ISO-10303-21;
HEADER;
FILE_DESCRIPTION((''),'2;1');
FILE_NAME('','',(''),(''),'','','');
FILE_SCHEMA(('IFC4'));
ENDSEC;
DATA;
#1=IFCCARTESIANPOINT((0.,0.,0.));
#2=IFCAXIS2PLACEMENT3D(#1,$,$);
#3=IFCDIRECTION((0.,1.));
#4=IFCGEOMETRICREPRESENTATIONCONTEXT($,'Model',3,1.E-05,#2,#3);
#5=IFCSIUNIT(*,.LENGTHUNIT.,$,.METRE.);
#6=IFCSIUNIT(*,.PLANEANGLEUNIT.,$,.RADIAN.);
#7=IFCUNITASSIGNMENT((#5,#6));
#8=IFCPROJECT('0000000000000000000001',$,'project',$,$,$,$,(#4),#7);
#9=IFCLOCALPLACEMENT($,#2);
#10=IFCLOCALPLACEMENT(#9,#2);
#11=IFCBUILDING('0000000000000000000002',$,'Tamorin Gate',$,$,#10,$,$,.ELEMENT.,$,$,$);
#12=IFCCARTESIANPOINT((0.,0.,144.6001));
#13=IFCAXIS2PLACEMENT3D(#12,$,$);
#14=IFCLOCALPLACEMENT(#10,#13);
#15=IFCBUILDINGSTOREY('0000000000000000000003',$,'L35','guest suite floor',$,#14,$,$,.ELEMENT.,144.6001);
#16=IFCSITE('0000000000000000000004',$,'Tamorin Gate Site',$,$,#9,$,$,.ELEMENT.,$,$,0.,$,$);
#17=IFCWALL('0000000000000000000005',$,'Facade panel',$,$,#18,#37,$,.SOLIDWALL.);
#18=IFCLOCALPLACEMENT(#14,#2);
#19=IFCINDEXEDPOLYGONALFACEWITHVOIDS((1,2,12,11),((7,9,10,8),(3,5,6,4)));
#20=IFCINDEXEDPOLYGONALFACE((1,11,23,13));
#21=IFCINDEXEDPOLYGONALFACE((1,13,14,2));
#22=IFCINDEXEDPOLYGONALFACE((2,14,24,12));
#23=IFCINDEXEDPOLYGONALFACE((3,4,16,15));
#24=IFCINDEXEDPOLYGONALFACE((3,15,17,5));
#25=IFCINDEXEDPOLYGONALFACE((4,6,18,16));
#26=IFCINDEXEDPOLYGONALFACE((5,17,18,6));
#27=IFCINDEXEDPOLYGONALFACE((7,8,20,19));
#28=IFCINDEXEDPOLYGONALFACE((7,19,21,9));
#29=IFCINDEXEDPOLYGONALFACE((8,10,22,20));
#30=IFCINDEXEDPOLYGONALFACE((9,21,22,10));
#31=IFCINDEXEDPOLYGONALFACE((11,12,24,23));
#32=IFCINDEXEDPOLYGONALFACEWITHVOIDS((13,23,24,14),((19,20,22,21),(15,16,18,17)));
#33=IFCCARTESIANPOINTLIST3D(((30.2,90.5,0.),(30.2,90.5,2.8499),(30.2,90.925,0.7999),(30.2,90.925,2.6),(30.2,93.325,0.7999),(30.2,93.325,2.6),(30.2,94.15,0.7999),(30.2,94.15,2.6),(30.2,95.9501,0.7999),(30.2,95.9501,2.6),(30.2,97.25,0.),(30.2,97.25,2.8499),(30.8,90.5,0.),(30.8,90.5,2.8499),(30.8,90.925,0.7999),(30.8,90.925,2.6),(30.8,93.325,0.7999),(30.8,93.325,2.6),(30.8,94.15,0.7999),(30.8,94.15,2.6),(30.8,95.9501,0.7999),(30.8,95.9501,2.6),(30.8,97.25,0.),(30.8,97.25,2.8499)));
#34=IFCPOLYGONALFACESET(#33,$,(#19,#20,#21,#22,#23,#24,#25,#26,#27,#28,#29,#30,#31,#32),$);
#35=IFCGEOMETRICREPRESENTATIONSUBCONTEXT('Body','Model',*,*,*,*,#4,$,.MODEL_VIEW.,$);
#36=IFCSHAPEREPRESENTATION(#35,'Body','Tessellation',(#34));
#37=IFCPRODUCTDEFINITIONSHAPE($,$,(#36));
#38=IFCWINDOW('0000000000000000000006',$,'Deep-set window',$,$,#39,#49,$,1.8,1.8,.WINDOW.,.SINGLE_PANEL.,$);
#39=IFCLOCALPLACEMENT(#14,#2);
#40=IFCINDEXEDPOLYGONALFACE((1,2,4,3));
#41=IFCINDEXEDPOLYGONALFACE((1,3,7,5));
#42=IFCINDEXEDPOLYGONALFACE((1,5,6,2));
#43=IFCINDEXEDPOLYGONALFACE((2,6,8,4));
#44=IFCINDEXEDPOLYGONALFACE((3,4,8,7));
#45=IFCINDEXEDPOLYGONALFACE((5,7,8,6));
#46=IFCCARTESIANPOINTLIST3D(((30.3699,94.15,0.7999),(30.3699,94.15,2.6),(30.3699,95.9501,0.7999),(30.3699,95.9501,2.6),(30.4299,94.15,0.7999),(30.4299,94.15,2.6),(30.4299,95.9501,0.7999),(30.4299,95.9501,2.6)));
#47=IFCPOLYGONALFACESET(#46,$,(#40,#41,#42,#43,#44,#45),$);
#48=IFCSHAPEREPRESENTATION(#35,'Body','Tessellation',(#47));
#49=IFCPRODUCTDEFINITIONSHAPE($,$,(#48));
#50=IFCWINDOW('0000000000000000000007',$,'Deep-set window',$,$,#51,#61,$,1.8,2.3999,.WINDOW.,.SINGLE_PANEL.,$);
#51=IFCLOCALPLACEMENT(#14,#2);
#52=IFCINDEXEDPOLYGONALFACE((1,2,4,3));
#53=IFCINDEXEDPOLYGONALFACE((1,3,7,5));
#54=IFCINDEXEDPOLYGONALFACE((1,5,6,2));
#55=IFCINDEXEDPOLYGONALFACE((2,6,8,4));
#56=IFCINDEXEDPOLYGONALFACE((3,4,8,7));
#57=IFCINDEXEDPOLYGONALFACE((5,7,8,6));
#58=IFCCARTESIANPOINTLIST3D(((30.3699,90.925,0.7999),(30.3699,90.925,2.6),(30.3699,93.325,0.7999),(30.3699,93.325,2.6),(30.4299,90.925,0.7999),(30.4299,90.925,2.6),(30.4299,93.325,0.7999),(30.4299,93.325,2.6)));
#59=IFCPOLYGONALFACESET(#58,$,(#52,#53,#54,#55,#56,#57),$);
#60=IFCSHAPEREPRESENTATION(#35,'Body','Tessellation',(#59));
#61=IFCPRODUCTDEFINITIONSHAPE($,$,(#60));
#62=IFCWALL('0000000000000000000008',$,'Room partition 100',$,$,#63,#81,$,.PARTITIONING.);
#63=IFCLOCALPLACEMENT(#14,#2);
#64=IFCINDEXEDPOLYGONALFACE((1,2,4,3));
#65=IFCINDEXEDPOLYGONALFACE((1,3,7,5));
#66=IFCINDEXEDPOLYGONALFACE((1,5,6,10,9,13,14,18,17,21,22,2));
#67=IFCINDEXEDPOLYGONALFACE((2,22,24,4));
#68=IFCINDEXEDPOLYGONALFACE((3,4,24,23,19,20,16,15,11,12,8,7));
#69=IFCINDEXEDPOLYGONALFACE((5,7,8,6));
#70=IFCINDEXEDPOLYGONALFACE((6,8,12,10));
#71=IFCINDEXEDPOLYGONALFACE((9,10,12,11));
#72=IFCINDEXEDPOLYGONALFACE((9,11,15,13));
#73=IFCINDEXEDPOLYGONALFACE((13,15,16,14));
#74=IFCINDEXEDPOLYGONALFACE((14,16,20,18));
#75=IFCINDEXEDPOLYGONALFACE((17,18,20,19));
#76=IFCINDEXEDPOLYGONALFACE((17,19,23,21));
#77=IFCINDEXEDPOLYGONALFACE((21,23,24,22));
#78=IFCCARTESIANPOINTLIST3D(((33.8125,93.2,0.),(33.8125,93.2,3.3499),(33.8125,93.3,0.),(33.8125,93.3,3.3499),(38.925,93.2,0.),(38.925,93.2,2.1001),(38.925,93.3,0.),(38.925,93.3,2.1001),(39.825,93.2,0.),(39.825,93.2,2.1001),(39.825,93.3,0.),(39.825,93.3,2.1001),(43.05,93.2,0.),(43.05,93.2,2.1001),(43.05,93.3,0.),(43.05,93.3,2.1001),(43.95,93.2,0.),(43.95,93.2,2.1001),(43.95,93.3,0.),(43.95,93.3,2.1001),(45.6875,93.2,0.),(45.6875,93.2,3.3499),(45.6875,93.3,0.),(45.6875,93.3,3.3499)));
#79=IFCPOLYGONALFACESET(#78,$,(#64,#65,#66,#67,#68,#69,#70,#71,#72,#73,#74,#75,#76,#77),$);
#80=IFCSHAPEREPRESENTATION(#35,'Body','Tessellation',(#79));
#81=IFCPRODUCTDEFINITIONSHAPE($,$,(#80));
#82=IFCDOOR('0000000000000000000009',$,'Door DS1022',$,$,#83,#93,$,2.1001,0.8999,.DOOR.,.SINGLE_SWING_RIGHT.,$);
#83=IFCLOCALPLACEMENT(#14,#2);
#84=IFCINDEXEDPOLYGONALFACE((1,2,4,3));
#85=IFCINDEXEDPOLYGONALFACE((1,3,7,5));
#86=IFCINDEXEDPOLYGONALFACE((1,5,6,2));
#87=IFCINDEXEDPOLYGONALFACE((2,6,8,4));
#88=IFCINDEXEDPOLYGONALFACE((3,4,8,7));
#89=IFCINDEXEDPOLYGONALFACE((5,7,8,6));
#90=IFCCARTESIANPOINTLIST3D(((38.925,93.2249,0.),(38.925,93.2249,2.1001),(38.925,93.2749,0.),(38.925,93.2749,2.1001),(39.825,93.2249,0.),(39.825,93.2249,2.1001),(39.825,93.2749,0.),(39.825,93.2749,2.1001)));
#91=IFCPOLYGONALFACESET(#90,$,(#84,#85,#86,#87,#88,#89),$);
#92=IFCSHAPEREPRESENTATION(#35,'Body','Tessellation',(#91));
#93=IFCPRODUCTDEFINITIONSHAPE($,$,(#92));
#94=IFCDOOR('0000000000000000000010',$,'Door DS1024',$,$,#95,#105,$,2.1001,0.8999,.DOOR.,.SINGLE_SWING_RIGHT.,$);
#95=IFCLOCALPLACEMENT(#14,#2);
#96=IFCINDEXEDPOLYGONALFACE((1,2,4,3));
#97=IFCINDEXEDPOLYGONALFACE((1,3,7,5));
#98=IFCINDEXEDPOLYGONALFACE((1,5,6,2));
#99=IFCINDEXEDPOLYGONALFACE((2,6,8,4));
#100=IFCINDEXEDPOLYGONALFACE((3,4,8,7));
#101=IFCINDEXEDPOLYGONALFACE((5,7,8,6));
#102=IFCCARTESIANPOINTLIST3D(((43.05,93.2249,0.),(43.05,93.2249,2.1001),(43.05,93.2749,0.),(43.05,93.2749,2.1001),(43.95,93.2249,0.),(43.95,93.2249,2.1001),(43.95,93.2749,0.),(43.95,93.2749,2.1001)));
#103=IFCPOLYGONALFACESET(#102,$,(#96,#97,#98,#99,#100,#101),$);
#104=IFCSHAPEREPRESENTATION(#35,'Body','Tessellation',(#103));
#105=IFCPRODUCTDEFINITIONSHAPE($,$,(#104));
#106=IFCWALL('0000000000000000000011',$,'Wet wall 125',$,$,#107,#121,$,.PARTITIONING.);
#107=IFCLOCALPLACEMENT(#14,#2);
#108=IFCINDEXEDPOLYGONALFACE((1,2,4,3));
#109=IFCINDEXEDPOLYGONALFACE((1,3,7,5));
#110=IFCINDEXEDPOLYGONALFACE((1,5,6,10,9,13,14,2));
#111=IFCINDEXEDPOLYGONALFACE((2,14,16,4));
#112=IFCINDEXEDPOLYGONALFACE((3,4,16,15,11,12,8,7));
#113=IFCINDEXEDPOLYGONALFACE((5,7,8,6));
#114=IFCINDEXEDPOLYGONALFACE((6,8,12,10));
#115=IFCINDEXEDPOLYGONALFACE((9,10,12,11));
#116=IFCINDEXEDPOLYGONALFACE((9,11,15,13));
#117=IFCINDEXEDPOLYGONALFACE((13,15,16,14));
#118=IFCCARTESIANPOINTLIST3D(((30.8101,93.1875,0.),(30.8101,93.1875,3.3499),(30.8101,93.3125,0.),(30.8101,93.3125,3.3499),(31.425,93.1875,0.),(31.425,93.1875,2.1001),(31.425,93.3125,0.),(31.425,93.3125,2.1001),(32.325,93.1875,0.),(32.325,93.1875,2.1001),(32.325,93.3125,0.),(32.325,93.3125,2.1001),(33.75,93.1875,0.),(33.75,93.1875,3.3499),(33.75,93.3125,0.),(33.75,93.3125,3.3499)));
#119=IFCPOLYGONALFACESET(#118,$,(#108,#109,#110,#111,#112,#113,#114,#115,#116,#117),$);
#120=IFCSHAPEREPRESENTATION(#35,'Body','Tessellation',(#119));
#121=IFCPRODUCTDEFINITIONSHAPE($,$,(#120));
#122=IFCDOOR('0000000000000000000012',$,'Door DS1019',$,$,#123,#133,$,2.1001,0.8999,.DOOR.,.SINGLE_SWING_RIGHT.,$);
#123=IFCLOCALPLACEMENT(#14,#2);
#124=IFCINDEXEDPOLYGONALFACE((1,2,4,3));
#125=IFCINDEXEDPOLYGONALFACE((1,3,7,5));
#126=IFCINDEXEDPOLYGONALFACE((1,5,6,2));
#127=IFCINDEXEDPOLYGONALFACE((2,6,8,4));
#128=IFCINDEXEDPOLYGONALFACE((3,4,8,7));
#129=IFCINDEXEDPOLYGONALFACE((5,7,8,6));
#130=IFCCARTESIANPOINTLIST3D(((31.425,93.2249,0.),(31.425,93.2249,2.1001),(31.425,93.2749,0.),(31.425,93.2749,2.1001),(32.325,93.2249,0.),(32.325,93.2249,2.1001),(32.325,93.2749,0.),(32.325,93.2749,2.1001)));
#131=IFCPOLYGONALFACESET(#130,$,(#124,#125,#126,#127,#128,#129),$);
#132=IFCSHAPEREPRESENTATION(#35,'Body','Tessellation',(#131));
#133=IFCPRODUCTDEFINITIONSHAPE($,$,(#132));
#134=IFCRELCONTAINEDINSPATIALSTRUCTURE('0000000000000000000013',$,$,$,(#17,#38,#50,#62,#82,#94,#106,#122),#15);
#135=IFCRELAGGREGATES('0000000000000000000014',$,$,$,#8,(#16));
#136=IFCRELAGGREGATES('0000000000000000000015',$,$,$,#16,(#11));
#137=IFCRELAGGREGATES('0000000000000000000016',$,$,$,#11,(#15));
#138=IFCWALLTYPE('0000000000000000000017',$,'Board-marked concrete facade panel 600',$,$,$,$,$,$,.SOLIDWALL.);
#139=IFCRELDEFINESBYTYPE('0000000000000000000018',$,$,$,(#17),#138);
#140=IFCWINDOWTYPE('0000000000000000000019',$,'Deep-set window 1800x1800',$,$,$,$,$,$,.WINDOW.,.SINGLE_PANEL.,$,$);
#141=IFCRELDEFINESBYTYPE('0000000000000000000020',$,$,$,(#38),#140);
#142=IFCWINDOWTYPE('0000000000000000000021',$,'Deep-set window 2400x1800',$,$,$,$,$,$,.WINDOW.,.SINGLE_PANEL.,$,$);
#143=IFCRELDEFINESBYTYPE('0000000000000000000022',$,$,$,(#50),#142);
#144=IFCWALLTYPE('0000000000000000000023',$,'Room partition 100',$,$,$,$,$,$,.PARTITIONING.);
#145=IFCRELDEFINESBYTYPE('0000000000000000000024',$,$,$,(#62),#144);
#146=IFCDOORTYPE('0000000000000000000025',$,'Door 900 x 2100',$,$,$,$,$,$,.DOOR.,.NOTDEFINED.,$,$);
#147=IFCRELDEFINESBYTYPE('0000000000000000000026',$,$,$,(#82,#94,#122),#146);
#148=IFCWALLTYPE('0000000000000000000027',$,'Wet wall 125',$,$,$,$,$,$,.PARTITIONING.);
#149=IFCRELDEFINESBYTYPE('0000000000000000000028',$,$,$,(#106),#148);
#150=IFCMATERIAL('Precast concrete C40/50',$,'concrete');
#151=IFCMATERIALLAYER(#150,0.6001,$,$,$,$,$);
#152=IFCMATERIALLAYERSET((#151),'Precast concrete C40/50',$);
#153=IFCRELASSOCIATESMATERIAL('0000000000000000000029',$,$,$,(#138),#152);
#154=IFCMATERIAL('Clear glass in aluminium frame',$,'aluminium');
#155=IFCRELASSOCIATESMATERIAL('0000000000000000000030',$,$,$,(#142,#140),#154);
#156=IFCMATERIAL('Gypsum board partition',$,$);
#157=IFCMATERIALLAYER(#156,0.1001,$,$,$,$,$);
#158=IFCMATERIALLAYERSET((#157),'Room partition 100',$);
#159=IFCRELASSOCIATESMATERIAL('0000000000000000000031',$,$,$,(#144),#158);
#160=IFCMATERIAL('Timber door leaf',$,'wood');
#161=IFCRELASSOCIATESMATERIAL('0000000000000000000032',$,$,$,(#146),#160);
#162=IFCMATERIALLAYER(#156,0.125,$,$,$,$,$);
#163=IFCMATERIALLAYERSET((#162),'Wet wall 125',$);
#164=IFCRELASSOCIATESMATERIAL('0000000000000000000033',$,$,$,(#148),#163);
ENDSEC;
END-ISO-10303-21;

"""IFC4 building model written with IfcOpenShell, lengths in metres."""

from ifc_helpers import new_model, si_unit, direction, frame, frame_2d, origin, place, context, subcontext, project, spatial, rectangle, extrude, material, layer, layer_set, type_object, element, fill, save


model = new_model("IFC4")

# Units and contexts
model_context = context("Model", 3, precision=1e-05, world=origin(), true_north=direction((0.0, 1.0)))
body_context = subcontext(model_context, "Body", "Model", "MODEL_VIEW")
ifc_project = project(units=[si_unit("LENGTHUNIT", "METRE"), si_unit("PLANEANGLEUNIT", "RADIAN")], contexts=[model_context])

# Site, building, storey
site_placement = place(None, origin())
site = spatial("IfcSite", under=ifc_project, at=site_placement, Name="Tamorin Gate Site", CompositionType="ELEMENT", RefElevation=0.0)
building_placement = place(site_placement, origin())
building = spatial("IfcBuilding", under=site, at=building_placement, Name="Tamorin Gate", CompositionType="ELEMENT")
storey_placement = place(building_placement, frame((0.0, 0.0, 144.6001)))
storey = spatial("IfcBuildingStorey", under=building, at=storey_placement, Name="L35", Description="guest suite floor", CompositionType="ELEMENT", Elevation=144.6001)

# Shared definitions
ifc_material_1 = material(Name="Precast concrete C40/50", Category="concrete")
ifc_layer_1 = layer(ifc_material_1, 0.6001)
ifc_layer_set_1 = layer_set([ifc_layer_1], Name="Precast concrete C40/50")
wall_type_1 = type_object("IfcWallType", Name="Board-marked concrete facade panel 600", PredefinedType="SOLIDWALL", material=ifc_layer_set_1)

# Shared definitions
ifc_material_2 = material(Name="Clear glass in aluminium frame", Category="aluminium")
window_type_1 = type_object("IfcWindowType", Name="Deep-set window 2400x1800", PartitioningType="SINGLE_PANEL", PredefinedType="WINDOW", material=ifc_material_2)

# Wall, openings, windows
wall_1_placement = place(storey_placement, frame((30.5, 97.25, 0.0), z_axis=(0.0, 0.0, 1.0), x_axis=(0.0, -1.0, 0.0)))
wall_1 = element("IfcWall", 1, at=wall_1_placement, inside=storey, type_object=wall_type_1, Name="Facade panel", PredefinedType="SOLIDWALL", context=body_context, shape_type="SweptSolid", body=[
    extrude(rectangle(XDim=6.75, YDim=0.6001, at=frame_2d((3.375, 0.0))), origin(), (0.0, 0.0, 1.0), 2.8499),
])
opening_1_placement = place(wall_1_placement, frame((3.925, 0.0, 0.8)))
opening_1 = element("IfcOpeningElement", 2, at=opening_1_placement, cuts=wall_1, PredefinedType="OPENING", context=body_context, shape_type="SweptSolid", body=[
    extrude(rectangle(XDim=2.3999, YDim=1.8, at=frame_2d((1.2, 0.8999))), frame((0.0, 0.3101, 0.0), z_axis=(0.0, -1.0, 0.0), x_axis=(1.0, 0.0, 0.0)), (0.0, 0.0, 1.0), 0.6201),
])
opening_2_placement = place(wall_1_placement, frame((1.3, 0.0, 0.8)))
opening_2 = element("IfcOpeningElement", 3, at=opening_2_placement, cuts=wall_1, PredefinedType="OPENING", context=body_context, shape_type="SweptSolid", body=[
    extrude(rectangle(XDim=1.8, YDim=1.8, at=frame_2d((0.8999, 0.8999))), frame((0.0, 0.3101, 0.0), z_axis=(0.0, -1.0, 0.0), x_axis=(1.0, 0.0, 0.0)), (0.0, 0.0, 1.0), 0.6201),
])
window_type_2 = type_object("IfcWindowType", Name="Deep-set window 1800x1800", PartitioningType="SINGLE_PANEL", PredefinedType="WINDOW", material=ifc_material_2)
window_1_placement = place(opening_2_placement, origin())
window_1 = element("IfcWindow", 4, at=window_1_placement, inside=storey, type_object=window_type_2, Name="Deep-set window", OverallHeight=1.8, OverallWidth=1.8, PartitioningType="SINGLE_PANEL", PredefinedType="WINDOW", context=body_context, shape_type="SweptSolid", body=[
    extrude(rectangle(XDim=1.8, YDim=1.8, at=frame_2d((0.8999, 0.8999))), frame((0.0, -0.0701, 0.0), z_axis=(0.0, -1.0, 0.0), x_axis=(1.0, 0.0, 0.0)), (0.0, 0.0, 1.0), 0.0601),
])
fill(opening_2, window_1)
window_2_placement = place(opening_1_placement, origin())
window_2 = element("IfcWindow", 5, at=window_2_placement, inside=storey, type_object=window_type_1, Name="Deep-set window", OverallHeight=1.8, OverallWidth=2.3999, PartitioningType="SINGLE_PANEL", PredefinedType="WINDOW", context=body_context, shape_type="SweptSolid", body=[
    extrude(rectangle(XDim=2.3999, YDim=1.8, at=frame_2d((1.2, 0.8999))), frame((0.0, -0.0701, 0.0), z_axis=(0.0, -1.0, 0.0), x_axis=(1.0, 0.0, 0.0)), (0.0, 0.0, 1.0), 0.0601),
])
fill(opening_1, window_2)

# Wall, openings, doors
ifc_material_3 = material(Name="Gypsum board partition")
ifc_layer_2 = layer(ifc_material_3, 0.1001)
ifc_layer_set_2 = layer_set([ifc_layer_2], Name="Room partition 100")
wall_type_2 = type_object("IfcWallType", Name="Room partition 100", PredefinedType="PARTITIONING", material=ifc_layer_set_2)
wall_2_placement = place(storey_placement, frame((33.8125, 93.25, 0.0), z_axis=(0.0, 0.0, 1.0), x_axis=(1.0, 0.0, 0.0)))
wall_2 = element("IfcWall", 6, at=wall_2_placement, inside=storey, type_object=wall_type_2, Name="Room partition 100", PredefinedType="PARTITIONING", context=body_context, shape_type="SweptSolid", body=[
    extrude(rectangle(XDim=11.875, YDim=0.1001, at=frame_2d((5.9375, 0.0))), origin(), (0.0, 0.0, 1.0), 3.3499),
])
opening_3_placement = place(wall_2_placement, frame((5.1125, 0.0, 0.0)))
opening_3 = element("IfcOpeningElement", 7, at=opening_3_placement, cuts=wall_2, PredefinedType="OPENING", context=body_context, shape_type="SweptSolid", body=[
    extrude(rectangle(XDim=0.8999, YDim=2.1001, at=frame_2d((0.45, 1.05))), frame((0.0, 0.0601, 0.0), z_axis=(0.0, -1.0, 0.0), x_axis=(1.0, 0.0, 0.0)), (0.0, 0.0, 1.0), 0.1201),
])
opening_4_placement = place(wall_2_placement, frame((9.2375, 0.0, 0.0)))
opening_4 = element("IfcOpeningElement", 8, at=opening_4_placement, cuts=wall_2, PredefinedType="OPENING", context=body_context, shape_type="SweptSolid", body=[
    extrude(rectangle(XDim=0.8999, YDim=2.1001, at=frame_2d((0.45, 1.05))), frame((0.0, 0.0601, 0.0), z_axis=(0.0, -1.0, 0.0), x_axis=(1.0, 0.0, 0.0)), (0.0, 0.0, 1.0), 0.1201),
])
ifc_material_4 = material(Name="Timber door leaf", Category="wood")
door_type = type_object("IfcDoorType", Name="Door 900 x 2100", OperationType="NOTDEFINED", PredefinedType="DOOR", material=ifc_material_4)
door_1_placement = place(opening_3_placement, origin())
door_1 = element("IfcDoor", 9, at=door_1_placement, inside=storey, type_object=door_type, Name="Door DS1022", OperationType="SINGLE_SWING_RIGHT", OverallHeight=2.1001, OverallWidth=0.8999, PredefinedType="DOOR", context=body_context, shape_type="SweptSolid", body=[
    extrude(rectangle(XDim=0.8999, YDim=2.1001, at=frame_2d((0.45, 1.05))), frame((0.0, 0.0249, 0.0), z_axis=(0.0, -1.0, 0.0), x_axis=(1.0, 0.0, 0.0)), (0.0, 0.0, 1.0), 0.05),
])
fill(opening_3, door_1)
door_2_placement = place(opening_4_placement, origin())
door_2 = element("IfcDoor", 10, at=door_2_placement, inside=storey, type_object=door_type, Name="Door DS1024", OperationType="SINGLE_SWING_RIGHT", OverallHeight=2.1001, OverallWidth=0.8999, PredefinedType="DOOR", context=body_context, shape_type="SweptSolid", body=[
    extrude(rectangle(XDim=0.8999, YDim=2.1001, at=frame_2d((0.45, 1.05))), frame((0.0, 0.0249, 0.0), z_axis=(0.0, -1.0, 0.0), x_axis=(1.0, 0.0, 0.0)), (0.0, 0.0, 1.0), 0.05),
])
fill(opening_4, door_2)

# Wall, opening, door
ifc_layer_3 = layer(ifc_material_3, 0.125)
ifc_layer_set_3 = layer_set([ifc_layer_3], Name="Wet wall 125")
wall_type_3 = type_object("IfcWallType", Name="Wet wall 125", PredefinedType="PARTITIONING", material=ifc_layer_set_3)
wall_3_placement = place(storey_placement, frame((30.8101, 93.25, 0.0), z_axis=(0.0, 0.0, 1.0), x_axis=(1.0, 0.0, 0.0)))
wall_3 = element("IfcWall", 11, at=wall_3_placement, inside=storey, type_object=wall_type_3, Name="Wet wall 125", PredefinedType="PARTITIONING", context=body_context, shape_type="SweptSolid", body=[
    extrude(rectangle(XDim=2.9399, YDim=0.125, at=frame_2d((1.47, 0.0))), origin(), (0.0, 0.0, 1.0), 3.3499),
])
opening_5_placement = place(wall_3_placement, frame((0.615, 0.0, 0.0)))
opening_5 = element("IfcOpeningElement", 12, at=opening_5_placement, cuts=wall_3, PredefinedType="OPENING", context=body_context, shape_type="SweptSolid", body=[
    extrude(rectangle(XDim=0.8999, YDim=2.1001, at=frame_2d((0.45, 1.05))), frame((0.0, 0.0725, 0.0), z_axis=(0.0, -1.0, 0.0), x_axis=(1.0, 0.0, 0.0)), (0.0, 0.0, 1.0), 0.145),
])
door_3_placement = place(opening_5_placement, origin())
door_3 = element("IfcDoor", 13, at=door_3_placement, inside=storey, type_object=door_type, Name="Door DS1019", OperationType="SINGLE_SWING_RIGHT", OverallHeight=2.1001, OverallWidth=0.8999, PredefinedType="DOOR", context=body_context, shape_type="SweptSolid", body=[
    extrude(rectangle(XDim=0.8999, YDim=2.1001, at=frame_2d((0.45, 1.05))), frame((0.0, 0.0249, 0.0), z_axis=(0.0, -1.0, 0.0), x_axis=(1.0, 0.0, 0.0)), (0.0, 0.0, 1.0), 0.05),
])
fill(opening_5, door_3)

save(model, "model.ifc")
